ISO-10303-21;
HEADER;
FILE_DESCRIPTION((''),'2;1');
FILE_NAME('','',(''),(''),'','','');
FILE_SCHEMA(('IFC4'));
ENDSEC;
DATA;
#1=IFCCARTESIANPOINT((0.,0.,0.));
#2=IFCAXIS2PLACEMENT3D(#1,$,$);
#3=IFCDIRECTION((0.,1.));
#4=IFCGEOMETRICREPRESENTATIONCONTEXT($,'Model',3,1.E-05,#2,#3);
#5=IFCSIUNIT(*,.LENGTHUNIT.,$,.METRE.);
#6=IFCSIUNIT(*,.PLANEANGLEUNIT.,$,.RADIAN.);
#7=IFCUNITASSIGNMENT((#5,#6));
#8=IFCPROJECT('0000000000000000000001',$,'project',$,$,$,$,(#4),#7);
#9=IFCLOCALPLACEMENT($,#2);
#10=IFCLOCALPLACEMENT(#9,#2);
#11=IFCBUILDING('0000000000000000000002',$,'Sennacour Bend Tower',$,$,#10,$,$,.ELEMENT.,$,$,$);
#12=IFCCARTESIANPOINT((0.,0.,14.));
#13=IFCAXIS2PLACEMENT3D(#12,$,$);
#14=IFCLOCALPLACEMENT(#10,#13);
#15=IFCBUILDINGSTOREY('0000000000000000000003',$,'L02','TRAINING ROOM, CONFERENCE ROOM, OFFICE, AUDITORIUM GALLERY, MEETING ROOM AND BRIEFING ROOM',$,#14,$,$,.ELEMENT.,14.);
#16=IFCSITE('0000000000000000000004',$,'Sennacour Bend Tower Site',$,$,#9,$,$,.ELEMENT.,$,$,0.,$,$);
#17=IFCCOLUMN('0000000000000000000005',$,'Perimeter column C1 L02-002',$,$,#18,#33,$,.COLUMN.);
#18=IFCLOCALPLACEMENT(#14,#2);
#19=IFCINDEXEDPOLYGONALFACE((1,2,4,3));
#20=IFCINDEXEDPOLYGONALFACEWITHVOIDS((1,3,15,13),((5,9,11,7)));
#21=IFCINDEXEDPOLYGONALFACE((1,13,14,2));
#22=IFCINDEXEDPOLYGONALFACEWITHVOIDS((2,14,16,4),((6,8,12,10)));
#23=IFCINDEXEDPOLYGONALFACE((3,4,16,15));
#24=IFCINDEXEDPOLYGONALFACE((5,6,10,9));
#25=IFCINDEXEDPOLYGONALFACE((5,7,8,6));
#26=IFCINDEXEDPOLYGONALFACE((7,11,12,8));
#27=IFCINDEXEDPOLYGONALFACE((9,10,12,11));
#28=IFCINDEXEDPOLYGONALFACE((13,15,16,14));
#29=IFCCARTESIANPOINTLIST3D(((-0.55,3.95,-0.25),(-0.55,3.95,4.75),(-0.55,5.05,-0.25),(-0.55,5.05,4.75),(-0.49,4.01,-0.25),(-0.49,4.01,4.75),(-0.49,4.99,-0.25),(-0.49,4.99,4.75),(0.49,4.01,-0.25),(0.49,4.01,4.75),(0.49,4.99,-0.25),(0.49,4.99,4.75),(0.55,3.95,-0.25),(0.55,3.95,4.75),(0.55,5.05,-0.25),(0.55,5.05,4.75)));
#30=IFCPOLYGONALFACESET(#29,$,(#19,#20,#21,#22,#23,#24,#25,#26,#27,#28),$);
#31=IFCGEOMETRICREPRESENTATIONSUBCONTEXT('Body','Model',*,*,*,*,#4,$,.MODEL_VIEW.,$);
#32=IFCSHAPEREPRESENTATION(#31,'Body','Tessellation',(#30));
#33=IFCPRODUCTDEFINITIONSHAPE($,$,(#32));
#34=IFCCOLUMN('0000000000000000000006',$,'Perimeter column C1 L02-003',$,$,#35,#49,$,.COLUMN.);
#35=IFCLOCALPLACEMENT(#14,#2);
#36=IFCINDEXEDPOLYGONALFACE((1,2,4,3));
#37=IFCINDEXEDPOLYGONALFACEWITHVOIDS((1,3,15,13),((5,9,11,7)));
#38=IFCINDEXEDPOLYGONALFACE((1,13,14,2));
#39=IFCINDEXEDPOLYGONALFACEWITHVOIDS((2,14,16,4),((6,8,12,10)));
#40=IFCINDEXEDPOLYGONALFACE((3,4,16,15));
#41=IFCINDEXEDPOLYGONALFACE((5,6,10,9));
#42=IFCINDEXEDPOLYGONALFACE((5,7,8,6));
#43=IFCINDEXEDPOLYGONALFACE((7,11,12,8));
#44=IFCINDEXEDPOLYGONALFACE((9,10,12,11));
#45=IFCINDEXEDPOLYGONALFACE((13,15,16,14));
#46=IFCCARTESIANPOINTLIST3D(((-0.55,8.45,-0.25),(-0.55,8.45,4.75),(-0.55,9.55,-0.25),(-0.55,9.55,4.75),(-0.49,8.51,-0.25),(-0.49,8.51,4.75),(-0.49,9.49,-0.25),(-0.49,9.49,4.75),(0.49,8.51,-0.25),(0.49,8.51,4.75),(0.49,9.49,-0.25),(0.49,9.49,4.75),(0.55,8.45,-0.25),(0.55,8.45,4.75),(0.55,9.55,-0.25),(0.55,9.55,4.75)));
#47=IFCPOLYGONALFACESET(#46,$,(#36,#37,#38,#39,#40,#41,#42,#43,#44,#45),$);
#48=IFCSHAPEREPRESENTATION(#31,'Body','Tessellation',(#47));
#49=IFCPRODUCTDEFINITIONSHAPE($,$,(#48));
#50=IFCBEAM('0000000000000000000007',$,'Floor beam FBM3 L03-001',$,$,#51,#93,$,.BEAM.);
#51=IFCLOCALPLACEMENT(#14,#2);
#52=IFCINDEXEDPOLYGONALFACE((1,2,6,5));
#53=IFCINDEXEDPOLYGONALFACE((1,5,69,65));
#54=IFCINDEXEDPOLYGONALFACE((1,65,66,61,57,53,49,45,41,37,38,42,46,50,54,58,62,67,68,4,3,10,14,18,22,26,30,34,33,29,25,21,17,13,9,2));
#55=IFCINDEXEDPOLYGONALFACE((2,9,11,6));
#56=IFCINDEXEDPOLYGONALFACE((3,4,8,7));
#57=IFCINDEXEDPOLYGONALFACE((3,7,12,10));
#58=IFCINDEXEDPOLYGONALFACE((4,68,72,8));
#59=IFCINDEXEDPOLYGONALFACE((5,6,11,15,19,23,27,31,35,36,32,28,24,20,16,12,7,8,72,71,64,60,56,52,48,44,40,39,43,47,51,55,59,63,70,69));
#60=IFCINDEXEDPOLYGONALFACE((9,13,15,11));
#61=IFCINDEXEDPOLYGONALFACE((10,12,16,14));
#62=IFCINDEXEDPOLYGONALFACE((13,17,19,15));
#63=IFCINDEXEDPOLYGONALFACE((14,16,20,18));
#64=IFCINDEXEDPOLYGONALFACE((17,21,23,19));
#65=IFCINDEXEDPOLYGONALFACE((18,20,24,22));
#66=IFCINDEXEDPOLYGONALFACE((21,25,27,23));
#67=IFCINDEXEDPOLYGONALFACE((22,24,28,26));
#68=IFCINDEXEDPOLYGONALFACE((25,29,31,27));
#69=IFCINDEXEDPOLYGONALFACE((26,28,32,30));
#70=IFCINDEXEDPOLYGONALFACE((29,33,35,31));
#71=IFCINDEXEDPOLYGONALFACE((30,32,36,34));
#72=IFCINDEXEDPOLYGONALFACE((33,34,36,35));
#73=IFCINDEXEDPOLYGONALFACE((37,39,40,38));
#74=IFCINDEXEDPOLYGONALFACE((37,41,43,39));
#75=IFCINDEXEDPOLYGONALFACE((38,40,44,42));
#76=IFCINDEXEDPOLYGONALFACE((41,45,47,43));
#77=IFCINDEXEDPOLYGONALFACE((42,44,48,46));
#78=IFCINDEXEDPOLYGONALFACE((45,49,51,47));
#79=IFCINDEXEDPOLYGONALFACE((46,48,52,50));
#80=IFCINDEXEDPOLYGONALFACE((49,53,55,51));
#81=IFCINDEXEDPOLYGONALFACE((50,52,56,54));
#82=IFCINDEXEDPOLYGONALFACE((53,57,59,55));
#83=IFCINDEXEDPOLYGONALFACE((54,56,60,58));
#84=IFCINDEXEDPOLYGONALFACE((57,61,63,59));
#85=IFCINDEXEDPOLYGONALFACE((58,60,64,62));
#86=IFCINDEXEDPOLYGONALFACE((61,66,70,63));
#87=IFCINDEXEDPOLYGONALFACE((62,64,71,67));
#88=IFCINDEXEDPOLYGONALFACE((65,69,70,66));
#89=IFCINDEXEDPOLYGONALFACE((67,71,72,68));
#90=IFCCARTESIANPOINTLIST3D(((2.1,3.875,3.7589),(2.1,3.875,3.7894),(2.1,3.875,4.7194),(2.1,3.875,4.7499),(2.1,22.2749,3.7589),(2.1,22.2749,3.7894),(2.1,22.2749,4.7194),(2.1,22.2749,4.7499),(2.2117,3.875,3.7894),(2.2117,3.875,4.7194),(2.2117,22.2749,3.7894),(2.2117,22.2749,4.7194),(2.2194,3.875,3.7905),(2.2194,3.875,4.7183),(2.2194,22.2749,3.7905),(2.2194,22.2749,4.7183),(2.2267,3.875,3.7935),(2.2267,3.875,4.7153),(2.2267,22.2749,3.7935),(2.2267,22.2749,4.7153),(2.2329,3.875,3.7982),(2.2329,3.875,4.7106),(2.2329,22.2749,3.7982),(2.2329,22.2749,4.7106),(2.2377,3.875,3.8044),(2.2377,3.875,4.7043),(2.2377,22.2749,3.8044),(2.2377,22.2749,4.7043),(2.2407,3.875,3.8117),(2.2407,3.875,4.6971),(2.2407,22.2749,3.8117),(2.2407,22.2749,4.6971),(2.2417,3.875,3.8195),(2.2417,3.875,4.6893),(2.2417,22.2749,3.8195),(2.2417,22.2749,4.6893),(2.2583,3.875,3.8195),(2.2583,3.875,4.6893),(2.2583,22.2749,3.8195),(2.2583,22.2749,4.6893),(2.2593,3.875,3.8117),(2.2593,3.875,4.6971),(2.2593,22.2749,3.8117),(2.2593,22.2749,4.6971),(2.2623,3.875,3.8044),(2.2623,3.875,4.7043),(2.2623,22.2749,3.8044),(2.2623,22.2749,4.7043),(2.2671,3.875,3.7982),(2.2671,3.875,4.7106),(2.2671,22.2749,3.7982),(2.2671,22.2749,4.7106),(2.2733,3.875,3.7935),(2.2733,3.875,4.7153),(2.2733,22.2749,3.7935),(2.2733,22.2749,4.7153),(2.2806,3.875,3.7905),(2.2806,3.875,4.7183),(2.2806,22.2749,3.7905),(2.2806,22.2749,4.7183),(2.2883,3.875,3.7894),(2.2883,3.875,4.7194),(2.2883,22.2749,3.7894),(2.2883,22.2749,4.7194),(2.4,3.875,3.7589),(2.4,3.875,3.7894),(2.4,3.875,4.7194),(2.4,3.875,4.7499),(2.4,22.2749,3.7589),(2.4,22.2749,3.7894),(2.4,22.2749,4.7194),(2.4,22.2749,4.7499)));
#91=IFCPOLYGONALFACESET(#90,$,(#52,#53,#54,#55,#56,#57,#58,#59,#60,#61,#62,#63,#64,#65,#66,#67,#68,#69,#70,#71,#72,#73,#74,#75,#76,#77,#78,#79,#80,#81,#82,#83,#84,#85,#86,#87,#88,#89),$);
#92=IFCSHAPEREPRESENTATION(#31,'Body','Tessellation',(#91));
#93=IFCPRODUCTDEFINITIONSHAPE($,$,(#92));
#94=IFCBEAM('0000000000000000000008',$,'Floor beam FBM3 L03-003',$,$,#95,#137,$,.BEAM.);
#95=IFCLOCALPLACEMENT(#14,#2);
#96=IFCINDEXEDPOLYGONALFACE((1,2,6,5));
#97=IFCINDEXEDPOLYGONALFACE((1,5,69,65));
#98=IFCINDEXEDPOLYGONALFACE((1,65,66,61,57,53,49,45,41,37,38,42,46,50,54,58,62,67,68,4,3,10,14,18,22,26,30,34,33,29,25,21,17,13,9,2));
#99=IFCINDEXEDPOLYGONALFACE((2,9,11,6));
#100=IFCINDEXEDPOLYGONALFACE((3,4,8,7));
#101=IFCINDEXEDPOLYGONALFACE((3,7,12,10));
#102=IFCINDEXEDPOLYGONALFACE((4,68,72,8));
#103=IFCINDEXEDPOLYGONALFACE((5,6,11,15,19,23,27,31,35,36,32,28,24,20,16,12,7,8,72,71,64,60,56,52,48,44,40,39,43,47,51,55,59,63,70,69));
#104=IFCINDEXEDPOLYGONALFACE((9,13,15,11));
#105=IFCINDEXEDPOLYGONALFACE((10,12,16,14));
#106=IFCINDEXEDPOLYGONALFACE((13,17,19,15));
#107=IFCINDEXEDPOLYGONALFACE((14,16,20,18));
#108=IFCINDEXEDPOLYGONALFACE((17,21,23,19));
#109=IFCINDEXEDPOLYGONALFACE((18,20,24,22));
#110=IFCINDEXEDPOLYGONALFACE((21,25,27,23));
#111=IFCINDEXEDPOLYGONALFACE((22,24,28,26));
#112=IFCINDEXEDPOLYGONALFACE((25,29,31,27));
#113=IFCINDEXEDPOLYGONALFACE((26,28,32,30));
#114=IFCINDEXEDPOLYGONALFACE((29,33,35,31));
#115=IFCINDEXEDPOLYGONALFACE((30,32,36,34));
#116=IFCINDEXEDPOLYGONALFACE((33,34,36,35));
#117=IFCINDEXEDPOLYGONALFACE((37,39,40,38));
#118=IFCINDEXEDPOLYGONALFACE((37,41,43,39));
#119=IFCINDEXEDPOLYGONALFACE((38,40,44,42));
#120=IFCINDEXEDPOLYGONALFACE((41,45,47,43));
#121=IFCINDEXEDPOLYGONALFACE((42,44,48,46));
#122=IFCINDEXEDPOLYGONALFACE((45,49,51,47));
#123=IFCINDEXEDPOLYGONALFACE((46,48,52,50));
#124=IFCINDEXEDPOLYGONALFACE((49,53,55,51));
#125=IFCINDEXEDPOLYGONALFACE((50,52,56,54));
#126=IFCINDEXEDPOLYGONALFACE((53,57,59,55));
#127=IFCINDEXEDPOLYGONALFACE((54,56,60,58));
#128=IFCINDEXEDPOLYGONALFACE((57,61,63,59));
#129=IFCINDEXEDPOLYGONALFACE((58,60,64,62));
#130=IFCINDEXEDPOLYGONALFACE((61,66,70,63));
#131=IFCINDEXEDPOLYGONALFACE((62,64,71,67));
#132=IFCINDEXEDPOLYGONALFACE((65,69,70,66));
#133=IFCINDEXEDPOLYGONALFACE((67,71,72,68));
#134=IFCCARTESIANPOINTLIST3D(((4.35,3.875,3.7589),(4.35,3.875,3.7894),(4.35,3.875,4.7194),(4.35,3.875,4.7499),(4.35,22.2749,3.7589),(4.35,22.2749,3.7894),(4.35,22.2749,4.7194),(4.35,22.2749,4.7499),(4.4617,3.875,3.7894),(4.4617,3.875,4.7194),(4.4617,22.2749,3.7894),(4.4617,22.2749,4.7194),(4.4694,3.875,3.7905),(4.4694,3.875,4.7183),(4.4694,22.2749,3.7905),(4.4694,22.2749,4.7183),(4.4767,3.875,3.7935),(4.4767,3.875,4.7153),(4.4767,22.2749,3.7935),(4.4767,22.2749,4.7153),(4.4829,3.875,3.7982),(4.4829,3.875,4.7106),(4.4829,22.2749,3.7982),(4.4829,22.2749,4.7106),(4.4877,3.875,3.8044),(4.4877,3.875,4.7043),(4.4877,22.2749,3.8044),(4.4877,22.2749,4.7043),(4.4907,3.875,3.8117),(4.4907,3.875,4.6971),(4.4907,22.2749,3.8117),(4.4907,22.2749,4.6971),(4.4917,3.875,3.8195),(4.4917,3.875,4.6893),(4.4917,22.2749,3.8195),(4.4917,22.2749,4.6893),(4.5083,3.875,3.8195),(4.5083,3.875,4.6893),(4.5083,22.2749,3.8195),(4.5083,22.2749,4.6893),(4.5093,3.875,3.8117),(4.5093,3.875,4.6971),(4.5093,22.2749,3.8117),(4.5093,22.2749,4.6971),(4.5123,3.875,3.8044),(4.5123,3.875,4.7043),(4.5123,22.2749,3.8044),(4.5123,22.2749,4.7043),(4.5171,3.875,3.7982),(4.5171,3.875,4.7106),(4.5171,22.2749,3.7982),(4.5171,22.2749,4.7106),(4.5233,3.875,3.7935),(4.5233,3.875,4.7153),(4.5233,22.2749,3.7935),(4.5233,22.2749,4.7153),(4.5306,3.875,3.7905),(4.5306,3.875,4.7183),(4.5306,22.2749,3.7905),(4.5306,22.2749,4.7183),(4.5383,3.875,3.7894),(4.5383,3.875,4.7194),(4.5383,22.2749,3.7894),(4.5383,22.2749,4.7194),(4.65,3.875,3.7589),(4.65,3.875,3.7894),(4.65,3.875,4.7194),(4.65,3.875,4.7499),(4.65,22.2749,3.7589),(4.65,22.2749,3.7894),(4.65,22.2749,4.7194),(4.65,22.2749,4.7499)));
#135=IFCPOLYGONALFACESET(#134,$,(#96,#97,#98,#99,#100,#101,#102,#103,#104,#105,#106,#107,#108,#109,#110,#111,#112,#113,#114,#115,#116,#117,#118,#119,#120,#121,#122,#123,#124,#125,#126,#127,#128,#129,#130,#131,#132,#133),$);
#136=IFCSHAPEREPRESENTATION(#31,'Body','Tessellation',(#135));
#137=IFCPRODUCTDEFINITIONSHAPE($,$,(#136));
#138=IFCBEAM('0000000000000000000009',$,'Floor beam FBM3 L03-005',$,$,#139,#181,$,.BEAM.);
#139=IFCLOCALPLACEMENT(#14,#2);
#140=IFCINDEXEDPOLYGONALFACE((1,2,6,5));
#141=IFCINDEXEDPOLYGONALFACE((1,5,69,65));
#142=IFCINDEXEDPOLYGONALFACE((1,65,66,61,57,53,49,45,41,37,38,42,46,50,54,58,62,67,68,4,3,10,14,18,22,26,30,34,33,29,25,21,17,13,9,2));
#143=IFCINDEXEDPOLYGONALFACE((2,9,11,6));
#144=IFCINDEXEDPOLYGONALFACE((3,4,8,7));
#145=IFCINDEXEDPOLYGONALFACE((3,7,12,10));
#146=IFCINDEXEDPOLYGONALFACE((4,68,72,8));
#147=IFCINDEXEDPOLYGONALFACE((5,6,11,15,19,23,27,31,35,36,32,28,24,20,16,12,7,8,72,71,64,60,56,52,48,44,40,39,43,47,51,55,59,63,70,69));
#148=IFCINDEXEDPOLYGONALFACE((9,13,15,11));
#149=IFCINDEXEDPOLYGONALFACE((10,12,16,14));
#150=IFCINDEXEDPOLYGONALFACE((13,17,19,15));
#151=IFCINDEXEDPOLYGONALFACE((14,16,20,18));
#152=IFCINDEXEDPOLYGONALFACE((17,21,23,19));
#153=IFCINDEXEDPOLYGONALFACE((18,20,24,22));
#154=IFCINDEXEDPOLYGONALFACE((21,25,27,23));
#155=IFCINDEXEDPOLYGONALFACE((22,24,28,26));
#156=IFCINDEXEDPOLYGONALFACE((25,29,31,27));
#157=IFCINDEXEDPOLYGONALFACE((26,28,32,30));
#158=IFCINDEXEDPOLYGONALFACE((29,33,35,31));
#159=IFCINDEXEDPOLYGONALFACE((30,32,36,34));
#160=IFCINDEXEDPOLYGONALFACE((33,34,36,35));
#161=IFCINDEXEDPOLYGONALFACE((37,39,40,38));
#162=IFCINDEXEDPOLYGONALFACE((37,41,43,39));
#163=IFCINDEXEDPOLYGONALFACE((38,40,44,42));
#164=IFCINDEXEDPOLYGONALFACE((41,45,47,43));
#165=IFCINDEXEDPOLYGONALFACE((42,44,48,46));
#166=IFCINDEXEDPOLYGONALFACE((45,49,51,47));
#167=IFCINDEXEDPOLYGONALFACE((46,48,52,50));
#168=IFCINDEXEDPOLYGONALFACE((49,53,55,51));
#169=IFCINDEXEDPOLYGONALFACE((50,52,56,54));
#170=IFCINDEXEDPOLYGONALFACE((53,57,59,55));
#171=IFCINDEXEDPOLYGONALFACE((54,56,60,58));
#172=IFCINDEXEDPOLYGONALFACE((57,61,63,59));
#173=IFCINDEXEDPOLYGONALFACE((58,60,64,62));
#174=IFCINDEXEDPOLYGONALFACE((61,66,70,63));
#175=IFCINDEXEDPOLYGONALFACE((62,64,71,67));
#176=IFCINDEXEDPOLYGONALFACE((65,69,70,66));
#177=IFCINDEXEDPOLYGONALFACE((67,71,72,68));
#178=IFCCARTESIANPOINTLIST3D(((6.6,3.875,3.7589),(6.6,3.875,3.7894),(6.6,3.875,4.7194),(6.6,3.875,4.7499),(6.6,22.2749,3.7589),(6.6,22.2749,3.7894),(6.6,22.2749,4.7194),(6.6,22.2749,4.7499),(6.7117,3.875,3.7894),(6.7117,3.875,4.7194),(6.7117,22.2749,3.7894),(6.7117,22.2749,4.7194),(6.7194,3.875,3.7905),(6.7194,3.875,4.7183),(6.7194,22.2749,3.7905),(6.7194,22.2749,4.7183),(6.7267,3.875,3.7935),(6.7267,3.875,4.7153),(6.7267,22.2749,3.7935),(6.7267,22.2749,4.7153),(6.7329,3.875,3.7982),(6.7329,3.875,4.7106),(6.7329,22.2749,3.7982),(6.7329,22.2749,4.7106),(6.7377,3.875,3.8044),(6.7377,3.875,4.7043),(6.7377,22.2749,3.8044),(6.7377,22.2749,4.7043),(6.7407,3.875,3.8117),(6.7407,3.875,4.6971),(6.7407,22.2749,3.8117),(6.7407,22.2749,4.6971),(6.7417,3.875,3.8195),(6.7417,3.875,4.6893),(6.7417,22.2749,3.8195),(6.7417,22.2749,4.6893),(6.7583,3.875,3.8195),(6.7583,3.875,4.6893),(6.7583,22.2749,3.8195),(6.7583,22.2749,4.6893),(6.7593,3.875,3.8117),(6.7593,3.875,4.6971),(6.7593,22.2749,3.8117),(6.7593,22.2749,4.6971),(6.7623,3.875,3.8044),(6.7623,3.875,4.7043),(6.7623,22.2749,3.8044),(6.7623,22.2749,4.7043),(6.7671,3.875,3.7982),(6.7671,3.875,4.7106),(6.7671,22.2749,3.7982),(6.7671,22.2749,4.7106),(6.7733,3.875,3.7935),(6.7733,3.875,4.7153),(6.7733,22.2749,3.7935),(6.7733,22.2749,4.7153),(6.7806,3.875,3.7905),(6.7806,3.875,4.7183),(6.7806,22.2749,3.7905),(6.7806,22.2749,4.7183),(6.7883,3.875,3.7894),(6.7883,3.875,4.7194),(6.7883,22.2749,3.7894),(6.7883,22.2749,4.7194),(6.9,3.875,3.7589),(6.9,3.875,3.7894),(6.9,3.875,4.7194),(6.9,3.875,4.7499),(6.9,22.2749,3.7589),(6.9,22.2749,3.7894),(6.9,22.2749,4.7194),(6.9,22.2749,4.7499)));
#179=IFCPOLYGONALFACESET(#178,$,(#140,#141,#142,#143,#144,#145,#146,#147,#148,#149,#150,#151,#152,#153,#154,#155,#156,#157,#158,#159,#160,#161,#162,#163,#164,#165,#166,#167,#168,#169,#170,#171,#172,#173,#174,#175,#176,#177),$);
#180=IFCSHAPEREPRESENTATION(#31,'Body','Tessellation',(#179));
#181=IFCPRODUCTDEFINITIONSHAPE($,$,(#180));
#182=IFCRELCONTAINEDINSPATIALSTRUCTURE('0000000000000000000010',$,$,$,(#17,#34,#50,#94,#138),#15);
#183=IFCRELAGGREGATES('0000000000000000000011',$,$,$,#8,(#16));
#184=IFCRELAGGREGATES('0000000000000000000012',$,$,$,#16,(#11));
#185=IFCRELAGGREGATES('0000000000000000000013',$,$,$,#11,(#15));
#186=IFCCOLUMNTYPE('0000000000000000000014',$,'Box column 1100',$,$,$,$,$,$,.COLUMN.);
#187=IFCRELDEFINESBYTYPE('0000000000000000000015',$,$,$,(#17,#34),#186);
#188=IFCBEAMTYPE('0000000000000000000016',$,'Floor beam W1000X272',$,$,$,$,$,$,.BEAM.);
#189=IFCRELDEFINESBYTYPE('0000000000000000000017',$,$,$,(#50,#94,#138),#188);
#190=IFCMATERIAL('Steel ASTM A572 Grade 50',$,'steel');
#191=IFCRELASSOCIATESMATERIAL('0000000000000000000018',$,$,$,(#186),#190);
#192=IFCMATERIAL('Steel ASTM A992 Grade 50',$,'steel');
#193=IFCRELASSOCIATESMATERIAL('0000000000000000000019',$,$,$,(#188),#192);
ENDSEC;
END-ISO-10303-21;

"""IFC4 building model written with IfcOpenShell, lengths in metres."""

from ifc_helpers import new_model, si_unit, direction, frame, origin, origin_2d, place, context, subcontext, project, spatial, hollow_rectangle, i_section, extrude, material, material_profile, profile_set, type_object, element, save


model = new_model("IFC4")

# Units and contexts
model_context = context("Model", 3, precision=1e-05, world=origin(), true_north=direction((0.0, 1.0)))
body_context = subcontext(model_context, "Body", "Model", "MODEL_VIEW")
ifc_project = project(units=[si_unit("LENGTHUNIT", "METRE"), si_unit("PLANEANGLEUNIT", "RADIAN")], contexts=[model_context])

# Site, building, storey
site_placement = place(None, origin())
site = spatial("IfcSite", under=ifc_project, at=site_placement, Name="Sennacour Bend Tower Site", CompositionType="ELEMENT", RefElevation=0.0)
building_placement = place(site_placement, origin())
building = spatial("IfcBuilding", under=site, at=building_placement, Name="Sennacour Bend Tower", CompositionType="ELEMENT")
storey_placement = place(building_placement, frame((0.0, 0.0, 14.0)))
storey = spatial("IfcBuildingStorey", under=building, at=storey_placement, Name="L02", Description="TRAINING ROOM, CONFERENCE ROOM, OFFICE, AUDITORIUM GALLERY, MEETING ROOM AND BRIEFING ROOM", CompositionType="ELEMENT", Elevation=14.0)

# Columns
ifc_material_1 = material(Name="Steel ASTM A572 Grade 50", Category="steel")
ifc_material_profile_1 = material_profile(ifc_material_1, hollow_rectangle(XDim=1.1001, YDim=1.1001, WallThickness=0.0601, at=origin_2d()), Name="Steel ASTM A572 Grade 50", Category="steel")
ifc_profile_set_1 = profile_set([ifc_material_profile_1], Name="Steel ASTM A572 Grade 50")
column_type = type_object("IfcColumnType", Name="Box column 1100", PredefinedType="COLUMN", material=ifc_profile_set_1)
for number, where, z_axis, x_axis, name in (
    (1, (0.0, 4.5, -0.25), (0.0, 0.0, 1.0), (1.0, 0.0, 0.0), "Perimeter column C1 L02-002"),
    (2, (0.0, 9.0, -0.25), (0.0, 0.0, 1.0), (1.0, 0.0, 0.0), "Perimeter column C1 L02-003"),
):
    element("IfcColumn", number, at=place(storey_placement, frame(where, z_axis=z_axis, x_axis=x_axis)), inside=storey, type_object=column_type, Name=name, PredefinedType="COLUMN", context=body_context, shape_type="SweptSolid", body=[
        extrude(hollow_rectangle(XDim=1.1001, YDim=1.1001, WallThickness=0.0601, at=origin_2d()), origin(), (0.0, 0.0, 1.0), 5.0),
    ])

# Beams
ifc_material_2 = material(Name="Steel ASTM A992 Grade 50", Category="steel")
ifc_material_profile_2 = material_profile(ifc_material_2, i_section(OverallWidth=0.3, OverallDepth=0.991, WebThickness=0.0166, FlangeThickness=0.0305, FilletRadius=0.03, at=origin_2d()), Name="Steel ASTM A992 Grade 50", Category="steel")
ifc_profile_set_2 = profile_set([ifc_material_profile_2], Name="Steel ASTM A992 Grade 50")
beam_type_1 = type_object("IfcBeamType", Name="Floor beam W1000X272", PredefinedType="BEAM", material=ifc_profile_set_2)
for number, where, z_axis, x_axis, name in (
    (3, (2.25, 3.875, 4.2544), (0.0, 1.0, 0.0), (-1.0, 0.0, 0.0), "Floor beam FBM3 L03-001"),
    (4, (4.5, 3.875, 4.2544), (0.0, 1.0, 0.0), (-1.0, 0.0, 0.0), "Floor beam FBM3 L03-003"),
    (5, (6.75, 3.875, 4.2544), (0.0, 1.0, 0.0), (-1.0, 0.0, 0.0), "Floor beam FBM3 L03-005"),
):
    element("IfcBeam", number, at=place(storey_placement, frame(where, z_axis=z_axis, x_axis=x_axis)), inside=storey, type_object=beam_type_1, Name=name, PredefinedType="BEAM", context=body_context, shape_type="SweptSolid", body=[
        extrude(i_section(OverallWidth=0.3, OverallDepth=0.991, WebThickness=0.0166, FlangeThickness=0.0305, FilletRadius=0.03, at=origin_2d()), origin(), (0.0, 0.0, 1.0), 18.3999),
    ])

save(model, "model.ifc")
